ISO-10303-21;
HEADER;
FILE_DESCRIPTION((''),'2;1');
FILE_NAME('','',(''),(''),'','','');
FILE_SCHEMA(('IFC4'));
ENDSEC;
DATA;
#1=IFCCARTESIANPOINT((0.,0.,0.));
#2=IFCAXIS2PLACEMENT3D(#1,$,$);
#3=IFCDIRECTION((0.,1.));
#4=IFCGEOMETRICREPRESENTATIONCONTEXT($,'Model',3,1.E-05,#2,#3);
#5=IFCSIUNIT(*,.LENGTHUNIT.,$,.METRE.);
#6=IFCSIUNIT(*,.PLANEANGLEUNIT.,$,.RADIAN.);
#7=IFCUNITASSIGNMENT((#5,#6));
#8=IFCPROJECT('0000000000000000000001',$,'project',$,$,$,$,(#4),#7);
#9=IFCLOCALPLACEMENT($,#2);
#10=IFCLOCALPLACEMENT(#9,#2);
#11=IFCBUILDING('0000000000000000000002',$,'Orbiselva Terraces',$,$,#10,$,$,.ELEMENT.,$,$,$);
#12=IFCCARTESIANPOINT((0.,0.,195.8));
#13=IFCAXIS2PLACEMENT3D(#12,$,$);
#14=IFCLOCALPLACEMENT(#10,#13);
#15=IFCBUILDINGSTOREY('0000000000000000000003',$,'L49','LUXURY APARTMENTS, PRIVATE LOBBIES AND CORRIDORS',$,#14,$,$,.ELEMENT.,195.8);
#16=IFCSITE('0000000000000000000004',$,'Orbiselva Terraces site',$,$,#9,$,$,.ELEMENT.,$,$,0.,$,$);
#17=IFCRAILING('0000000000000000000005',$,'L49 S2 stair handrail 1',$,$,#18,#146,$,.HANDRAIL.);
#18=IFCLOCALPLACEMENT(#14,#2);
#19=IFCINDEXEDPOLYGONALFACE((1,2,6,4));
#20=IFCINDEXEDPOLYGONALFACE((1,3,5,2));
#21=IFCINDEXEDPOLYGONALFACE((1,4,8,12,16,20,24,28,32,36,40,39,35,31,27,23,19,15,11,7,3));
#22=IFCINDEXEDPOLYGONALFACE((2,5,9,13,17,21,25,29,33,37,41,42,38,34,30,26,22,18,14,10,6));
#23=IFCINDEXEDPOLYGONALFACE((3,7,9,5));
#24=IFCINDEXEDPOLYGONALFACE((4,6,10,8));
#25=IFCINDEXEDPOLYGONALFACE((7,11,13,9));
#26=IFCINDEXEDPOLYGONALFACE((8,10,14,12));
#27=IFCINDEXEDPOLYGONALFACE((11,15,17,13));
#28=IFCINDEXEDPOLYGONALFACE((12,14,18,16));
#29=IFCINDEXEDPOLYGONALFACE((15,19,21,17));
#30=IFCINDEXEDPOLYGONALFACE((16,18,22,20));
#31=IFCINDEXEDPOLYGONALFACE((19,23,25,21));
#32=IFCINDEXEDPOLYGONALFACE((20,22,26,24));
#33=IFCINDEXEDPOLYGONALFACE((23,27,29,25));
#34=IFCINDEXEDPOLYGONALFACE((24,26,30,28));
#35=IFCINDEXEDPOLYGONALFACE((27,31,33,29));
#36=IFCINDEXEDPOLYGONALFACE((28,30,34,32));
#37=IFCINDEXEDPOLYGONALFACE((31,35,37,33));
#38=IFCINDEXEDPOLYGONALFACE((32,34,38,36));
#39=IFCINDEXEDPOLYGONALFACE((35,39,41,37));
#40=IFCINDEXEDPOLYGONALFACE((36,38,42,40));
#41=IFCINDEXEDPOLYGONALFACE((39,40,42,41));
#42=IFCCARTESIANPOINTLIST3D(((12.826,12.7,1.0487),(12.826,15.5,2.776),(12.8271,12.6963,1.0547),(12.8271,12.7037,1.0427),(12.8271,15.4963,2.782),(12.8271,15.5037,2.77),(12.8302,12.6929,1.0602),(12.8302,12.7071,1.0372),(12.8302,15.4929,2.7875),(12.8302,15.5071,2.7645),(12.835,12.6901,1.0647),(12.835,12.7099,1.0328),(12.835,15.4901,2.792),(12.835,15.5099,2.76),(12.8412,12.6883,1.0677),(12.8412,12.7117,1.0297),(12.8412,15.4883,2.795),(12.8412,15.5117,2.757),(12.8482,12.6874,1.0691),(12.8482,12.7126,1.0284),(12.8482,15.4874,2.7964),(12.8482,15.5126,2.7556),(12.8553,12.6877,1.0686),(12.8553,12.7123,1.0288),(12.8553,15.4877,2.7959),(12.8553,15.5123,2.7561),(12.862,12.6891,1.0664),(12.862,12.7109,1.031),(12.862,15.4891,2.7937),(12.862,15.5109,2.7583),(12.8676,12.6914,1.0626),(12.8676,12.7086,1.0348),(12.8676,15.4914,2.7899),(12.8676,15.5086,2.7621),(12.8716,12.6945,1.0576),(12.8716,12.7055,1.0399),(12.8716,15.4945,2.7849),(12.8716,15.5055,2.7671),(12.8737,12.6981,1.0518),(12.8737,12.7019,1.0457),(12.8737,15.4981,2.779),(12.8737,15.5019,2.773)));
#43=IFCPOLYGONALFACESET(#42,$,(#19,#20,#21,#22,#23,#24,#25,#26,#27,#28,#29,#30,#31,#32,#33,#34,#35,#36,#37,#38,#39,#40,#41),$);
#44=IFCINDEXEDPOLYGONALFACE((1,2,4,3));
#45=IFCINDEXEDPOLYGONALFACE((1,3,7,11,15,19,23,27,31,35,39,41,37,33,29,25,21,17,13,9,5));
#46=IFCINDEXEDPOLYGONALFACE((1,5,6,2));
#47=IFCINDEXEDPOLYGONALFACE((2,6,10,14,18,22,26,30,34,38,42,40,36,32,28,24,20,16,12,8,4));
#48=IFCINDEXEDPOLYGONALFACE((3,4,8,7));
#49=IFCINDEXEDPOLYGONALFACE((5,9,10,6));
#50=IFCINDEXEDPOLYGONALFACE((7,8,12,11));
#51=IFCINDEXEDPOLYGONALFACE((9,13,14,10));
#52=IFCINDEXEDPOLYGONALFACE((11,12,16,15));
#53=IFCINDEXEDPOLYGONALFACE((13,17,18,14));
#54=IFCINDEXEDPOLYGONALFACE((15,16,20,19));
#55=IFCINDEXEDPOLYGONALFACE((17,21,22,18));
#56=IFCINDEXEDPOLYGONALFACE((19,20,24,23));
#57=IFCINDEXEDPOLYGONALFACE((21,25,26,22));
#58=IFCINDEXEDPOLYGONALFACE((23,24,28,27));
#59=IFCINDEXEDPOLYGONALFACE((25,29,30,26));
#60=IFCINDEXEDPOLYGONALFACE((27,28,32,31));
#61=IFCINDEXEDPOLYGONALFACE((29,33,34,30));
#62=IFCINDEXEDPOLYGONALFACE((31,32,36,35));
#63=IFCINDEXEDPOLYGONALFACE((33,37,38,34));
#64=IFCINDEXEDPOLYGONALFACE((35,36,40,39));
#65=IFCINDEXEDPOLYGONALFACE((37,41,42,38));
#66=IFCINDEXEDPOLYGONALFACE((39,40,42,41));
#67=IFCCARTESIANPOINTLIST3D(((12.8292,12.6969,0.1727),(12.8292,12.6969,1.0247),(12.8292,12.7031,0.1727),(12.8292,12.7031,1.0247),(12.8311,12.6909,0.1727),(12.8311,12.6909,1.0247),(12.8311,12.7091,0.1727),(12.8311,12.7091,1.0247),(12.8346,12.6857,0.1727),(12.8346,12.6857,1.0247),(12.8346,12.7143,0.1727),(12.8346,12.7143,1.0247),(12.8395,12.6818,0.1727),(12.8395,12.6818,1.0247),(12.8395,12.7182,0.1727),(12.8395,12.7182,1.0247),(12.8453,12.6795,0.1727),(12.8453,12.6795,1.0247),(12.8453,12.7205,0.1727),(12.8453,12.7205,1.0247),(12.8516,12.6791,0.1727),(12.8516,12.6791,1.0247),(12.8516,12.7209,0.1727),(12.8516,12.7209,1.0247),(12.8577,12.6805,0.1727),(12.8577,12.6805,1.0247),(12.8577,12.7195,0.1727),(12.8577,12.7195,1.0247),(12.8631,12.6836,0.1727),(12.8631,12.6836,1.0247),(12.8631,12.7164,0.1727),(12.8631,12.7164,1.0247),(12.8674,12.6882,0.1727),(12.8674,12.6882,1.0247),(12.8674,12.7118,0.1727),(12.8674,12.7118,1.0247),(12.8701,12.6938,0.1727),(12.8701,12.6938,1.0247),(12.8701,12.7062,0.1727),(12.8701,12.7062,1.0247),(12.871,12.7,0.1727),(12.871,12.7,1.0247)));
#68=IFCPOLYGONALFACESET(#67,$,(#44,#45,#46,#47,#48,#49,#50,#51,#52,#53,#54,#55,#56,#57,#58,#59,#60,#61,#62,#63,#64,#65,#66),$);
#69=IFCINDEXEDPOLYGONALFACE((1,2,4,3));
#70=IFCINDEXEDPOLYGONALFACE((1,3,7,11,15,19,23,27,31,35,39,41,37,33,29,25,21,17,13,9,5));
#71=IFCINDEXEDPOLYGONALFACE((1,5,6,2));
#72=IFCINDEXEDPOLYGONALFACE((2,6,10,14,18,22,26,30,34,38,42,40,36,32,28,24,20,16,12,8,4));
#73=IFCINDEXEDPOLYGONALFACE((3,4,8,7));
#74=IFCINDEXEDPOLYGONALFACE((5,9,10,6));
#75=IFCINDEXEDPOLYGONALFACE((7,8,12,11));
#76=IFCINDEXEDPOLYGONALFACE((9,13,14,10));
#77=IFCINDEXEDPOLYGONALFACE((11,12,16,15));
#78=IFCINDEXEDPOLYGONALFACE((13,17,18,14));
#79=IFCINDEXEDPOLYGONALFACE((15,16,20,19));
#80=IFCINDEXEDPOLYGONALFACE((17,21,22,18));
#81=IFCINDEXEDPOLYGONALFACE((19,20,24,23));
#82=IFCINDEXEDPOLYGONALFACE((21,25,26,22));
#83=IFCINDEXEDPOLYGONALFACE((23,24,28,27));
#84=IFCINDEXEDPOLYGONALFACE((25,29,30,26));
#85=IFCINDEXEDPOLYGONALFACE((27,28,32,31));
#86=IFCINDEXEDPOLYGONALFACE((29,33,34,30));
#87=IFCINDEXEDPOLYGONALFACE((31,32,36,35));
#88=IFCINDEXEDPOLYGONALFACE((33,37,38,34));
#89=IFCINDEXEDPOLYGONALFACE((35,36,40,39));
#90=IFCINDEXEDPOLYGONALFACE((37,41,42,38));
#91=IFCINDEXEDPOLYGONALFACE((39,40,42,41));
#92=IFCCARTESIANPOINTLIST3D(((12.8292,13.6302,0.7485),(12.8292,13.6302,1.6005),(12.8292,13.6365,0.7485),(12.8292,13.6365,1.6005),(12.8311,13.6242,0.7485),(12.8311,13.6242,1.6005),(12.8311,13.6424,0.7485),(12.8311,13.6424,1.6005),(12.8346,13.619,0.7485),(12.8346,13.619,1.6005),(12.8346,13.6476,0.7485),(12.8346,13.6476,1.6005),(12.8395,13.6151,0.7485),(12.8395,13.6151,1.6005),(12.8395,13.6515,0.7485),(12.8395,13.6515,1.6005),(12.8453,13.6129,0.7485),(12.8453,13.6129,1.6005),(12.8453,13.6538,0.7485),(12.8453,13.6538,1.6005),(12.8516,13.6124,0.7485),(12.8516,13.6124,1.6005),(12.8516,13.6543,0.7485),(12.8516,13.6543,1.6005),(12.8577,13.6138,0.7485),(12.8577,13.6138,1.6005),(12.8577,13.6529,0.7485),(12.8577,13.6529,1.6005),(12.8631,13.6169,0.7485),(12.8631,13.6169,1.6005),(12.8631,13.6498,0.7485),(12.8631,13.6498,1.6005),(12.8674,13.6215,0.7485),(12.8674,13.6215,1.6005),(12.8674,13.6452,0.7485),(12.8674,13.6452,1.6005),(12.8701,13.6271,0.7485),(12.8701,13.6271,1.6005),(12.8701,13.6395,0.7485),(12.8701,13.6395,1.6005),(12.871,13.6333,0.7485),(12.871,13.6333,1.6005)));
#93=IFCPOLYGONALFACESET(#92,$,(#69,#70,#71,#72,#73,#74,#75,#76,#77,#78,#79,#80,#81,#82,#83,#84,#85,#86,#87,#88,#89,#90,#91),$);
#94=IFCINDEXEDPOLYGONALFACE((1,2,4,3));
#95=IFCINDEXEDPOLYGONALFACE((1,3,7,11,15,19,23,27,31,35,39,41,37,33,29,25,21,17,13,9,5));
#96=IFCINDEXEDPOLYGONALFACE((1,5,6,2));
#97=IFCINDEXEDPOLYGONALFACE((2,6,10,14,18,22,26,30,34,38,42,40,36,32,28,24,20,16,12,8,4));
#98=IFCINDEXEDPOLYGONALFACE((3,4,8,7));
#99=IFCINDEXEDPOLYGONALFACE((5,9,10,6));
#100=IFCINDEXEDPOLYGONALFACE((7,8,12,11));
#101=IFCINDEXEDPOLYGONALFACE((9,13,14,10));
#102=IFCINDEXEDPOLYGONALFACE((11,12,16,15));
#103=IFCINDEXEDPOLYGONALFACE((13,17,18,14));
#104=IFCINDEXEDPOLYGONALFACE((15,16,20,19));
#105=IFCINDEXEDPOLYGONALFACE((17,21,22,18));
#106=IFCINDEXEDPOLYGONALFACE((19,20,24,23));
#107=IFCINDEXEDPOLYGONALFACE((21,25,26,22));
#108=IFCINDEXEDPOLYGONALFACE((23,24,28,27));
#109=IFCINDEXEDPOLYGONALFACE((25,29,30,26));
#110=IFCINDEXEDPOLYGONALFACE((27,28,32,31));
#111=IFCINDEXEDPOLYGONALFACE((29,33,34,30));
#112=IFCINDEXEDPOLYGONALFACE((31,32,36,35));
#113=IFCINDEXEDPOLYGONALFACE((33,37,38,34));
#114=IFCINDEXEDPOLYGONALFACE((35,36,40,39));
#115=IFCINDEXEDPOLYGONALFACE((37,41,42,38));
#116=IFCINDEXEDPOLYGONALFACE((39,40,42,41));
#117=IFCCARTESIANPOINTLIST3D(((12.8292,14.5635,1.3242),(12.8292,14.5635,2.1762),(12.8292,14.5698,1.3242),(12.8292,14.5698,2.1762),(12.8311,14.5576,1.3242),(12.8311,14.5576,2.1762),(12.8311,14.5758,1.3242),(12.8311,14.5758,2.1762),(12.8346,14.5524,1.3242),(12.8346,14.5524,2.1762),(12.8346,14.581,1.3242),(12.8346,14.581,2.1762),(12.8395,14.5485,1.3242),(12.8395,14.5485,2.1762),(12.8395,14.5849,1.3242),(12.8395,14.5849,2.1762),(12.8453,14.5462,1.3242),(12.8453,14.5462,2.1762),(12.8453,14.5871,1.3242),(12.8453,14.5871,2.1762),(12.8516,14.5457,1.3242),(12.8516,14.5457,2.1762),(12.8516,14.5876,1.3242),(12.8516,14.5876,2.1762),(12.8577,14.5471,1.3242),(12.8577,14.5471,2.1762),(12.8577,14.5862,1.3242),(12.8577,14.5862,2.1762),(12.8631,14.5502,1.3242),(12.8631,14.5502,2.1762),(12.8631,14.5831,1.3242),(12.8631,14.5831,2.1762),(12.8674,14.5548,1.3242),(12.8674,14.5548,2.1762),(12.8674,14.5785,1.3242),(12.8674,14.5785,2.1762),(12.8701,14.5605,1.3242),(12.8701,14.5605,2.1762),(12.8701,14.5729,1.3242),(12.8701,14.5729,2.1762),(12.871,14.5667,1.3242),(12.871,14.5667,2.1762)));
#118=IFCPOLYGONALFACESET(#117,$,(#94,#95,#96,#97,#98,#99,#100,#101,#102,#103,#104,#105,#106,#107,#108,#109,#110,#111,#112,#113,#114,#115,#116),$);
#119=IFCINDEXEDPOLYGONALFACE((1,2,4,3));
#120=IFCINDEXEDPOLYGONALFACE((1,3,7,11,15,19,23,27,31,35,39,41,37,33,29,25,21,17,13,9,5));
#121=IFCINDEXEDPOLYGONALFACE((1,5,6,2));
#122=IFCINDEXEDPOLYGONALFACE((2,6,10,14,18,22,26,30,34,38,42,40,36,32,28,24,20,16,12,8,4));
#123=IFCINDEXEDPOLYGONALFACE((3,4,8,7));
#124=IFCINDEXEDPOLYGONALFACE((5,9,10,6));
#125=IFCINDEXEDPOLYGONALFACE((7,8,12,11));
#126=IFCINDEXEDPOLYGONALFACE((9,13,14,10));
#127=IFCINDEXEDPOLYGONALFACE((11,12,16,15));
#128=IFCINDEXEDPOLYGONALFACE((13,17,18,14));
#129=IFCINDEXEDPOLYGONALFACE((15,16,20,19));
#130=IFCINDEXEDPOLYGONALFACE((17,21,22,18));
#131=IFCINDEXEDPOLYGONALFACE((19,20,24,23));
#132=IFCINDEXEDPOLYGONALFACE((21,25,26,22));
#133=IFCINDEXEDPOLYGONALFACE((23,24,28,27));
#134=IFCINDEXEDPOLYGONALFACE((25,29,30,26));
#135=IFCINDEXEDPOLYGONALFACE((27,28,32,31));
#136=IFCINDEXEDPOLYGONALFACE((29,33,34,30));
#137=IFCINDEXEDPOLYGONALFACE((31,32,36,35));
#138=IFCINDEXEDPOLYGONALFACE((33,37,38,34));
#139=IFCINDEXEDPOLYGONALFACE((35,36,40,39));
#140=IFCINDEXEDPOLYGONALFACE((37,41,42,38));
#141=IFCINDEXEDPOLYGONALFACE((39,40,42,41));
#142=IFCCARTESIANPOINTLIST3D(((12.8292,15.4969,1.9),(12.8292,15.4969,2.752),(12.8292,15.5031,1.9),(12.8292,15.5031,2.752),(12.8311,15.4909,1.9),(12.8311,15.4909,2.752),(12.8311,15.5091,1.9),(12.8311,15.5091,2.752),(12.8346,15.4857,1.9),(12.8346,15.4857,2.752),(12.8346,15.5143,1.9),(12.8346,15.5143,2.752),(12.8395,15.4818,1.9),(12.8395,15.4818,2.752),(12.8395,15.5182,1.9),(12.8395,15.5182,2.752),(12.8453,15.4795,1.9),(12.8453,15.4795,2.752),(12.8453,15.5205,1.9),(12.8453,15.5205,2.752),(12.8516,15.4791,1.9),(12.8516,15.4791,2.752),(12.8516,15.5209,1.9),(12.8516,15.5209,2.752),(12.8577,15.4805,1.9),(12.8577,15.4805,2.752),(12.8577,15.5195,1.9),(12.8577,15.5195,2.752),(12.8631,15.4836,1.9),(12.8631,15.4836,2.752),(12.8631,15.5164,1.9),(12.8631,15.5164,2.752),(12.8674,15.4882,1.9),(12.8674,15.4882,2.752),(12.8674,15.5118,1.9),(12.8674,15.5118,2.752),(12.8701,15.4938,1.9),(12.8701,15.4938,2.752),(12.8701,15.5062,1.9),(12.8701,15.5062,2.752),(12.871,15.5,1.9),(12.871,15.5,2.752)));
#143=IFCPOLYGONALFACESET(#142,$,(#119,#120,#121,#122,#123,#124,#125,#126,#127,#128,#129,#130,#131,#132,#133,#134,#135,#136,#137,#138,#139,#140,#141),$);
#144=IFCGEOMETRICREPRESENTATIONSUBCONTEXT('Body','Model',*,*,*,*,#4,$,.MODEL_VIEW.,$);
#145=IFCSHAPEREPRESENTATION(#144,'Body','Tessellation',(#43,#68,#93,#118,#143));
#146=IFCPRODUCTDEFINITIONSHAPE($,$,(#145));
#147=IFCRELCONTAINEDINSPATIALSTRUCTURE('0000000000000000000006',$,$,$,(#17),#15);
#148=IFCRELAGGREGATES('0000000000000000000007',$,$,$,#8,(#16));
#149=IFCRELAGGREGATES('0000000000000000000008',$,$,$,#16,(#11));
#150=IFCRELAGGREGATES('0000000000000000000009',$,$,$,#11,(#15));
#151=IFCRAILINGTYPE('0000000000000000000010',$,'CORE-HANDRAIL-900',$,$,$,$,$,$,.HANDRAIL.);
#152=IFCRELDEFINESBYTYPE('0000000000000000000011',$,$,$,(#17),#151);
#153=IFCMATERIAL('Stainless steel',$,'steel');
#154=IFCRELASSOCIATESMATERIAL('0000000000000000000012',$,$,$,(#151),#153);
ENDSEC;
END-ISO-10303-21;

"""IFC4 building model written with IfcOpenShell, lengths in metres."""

from ifc_helpers import new_model, si_unit, direction, frame, origin, origin_2d, place, context, subcontext, project, spatial, circle, extrude, material, type_object, element, save


model = new_model("IFC4")

# Units and contexts
model_context = context("Model", 3, precision=1e-05, world=origin(), true_north=direction((0.0, 1.0)))
body_context = subcontext(model_context, "Body", "Model", "MODEL_VIEW")
ifc_project = project(units=[si_unit("LENGTHUNIT", "METRE"), si_unit("PLANEANGLEUNIT", "RADIAN")], contexts=[model_context])

# Site, building, storey
site_placement = place(None, origin())
site = spatial("IfcSite", under=ifc_project, at=site_placement, Name="Orbiselva Terraces site", CompositionType="ELEMENT", RefElevation=0.0)
building_placement = place(site_placement, origin())
building = spatial("IfcBuilding", under=site, at=building_placement, Name="Orbiselva Terraces", CompositionType="ELEMENT")
storey_placement = place(building_placement, frame((0.0, 0.0, 195.8)))
storey = spatial("IfcBuildingStorey", under=building, at=storey_placement, Name="L49", Description="LUXURY APARTMENTS, PRIVATE LOBBIES AND CORRIDORS", CompositionType="ELEMENT", Elevation=195.8)

# Railing
ifc_material_1 = material(Name="Stainless steel", Category="steel")
railing_type = type_object("IfcRailingType", Name="CORE-HANDRAIL-900", PredefinedType="HANDRAIL", material=ifc_material_1)
railing_1_placement = place(storey_placement, frame((12.85, 12.7, 0.1727)))
element("IfcRailing", 1, at=railing_1_placement, inside=storey, type_object=railing_type, Name="L49 S2 stair handrail 1", PredefinedType="HANDRAIL", context=body_context, shape_type="SweptSolid", body=[
    extrude(circle(Radius=0.024, at=origin_2d()), frame((0.0, 0.0, 0.876), z_axis=(0.0, 0.851089, 0.525022), x_axis=(-1.0, 0.0, 0.0)), (0.0, 0.0, 1.0), 3.2899),
    extrude(circle(Radius=0.021, at=origin_2d()), origin(), (0.0, 0.0, 1.0), 0.852),
    extrude(circle(Radius=0.021, at=origin_2d()), frame((0.0, 0.9333, 0.5758)), (0.0, 0.0, 1.0), 0.852),
    extrude(circle(Radius=0.021, at=origin_2d()), frame((0.0, 1.8667, 1.1515)), (0.0, 0.0, 1.0), 0.852),
    extrude(circle(Radius=0.021, at=origin_2d()), frame((0.0, 2.8, 1.7273)), (0.0, 0.0, 1.0), 0.852),
])

save(model, "model.ifc")
